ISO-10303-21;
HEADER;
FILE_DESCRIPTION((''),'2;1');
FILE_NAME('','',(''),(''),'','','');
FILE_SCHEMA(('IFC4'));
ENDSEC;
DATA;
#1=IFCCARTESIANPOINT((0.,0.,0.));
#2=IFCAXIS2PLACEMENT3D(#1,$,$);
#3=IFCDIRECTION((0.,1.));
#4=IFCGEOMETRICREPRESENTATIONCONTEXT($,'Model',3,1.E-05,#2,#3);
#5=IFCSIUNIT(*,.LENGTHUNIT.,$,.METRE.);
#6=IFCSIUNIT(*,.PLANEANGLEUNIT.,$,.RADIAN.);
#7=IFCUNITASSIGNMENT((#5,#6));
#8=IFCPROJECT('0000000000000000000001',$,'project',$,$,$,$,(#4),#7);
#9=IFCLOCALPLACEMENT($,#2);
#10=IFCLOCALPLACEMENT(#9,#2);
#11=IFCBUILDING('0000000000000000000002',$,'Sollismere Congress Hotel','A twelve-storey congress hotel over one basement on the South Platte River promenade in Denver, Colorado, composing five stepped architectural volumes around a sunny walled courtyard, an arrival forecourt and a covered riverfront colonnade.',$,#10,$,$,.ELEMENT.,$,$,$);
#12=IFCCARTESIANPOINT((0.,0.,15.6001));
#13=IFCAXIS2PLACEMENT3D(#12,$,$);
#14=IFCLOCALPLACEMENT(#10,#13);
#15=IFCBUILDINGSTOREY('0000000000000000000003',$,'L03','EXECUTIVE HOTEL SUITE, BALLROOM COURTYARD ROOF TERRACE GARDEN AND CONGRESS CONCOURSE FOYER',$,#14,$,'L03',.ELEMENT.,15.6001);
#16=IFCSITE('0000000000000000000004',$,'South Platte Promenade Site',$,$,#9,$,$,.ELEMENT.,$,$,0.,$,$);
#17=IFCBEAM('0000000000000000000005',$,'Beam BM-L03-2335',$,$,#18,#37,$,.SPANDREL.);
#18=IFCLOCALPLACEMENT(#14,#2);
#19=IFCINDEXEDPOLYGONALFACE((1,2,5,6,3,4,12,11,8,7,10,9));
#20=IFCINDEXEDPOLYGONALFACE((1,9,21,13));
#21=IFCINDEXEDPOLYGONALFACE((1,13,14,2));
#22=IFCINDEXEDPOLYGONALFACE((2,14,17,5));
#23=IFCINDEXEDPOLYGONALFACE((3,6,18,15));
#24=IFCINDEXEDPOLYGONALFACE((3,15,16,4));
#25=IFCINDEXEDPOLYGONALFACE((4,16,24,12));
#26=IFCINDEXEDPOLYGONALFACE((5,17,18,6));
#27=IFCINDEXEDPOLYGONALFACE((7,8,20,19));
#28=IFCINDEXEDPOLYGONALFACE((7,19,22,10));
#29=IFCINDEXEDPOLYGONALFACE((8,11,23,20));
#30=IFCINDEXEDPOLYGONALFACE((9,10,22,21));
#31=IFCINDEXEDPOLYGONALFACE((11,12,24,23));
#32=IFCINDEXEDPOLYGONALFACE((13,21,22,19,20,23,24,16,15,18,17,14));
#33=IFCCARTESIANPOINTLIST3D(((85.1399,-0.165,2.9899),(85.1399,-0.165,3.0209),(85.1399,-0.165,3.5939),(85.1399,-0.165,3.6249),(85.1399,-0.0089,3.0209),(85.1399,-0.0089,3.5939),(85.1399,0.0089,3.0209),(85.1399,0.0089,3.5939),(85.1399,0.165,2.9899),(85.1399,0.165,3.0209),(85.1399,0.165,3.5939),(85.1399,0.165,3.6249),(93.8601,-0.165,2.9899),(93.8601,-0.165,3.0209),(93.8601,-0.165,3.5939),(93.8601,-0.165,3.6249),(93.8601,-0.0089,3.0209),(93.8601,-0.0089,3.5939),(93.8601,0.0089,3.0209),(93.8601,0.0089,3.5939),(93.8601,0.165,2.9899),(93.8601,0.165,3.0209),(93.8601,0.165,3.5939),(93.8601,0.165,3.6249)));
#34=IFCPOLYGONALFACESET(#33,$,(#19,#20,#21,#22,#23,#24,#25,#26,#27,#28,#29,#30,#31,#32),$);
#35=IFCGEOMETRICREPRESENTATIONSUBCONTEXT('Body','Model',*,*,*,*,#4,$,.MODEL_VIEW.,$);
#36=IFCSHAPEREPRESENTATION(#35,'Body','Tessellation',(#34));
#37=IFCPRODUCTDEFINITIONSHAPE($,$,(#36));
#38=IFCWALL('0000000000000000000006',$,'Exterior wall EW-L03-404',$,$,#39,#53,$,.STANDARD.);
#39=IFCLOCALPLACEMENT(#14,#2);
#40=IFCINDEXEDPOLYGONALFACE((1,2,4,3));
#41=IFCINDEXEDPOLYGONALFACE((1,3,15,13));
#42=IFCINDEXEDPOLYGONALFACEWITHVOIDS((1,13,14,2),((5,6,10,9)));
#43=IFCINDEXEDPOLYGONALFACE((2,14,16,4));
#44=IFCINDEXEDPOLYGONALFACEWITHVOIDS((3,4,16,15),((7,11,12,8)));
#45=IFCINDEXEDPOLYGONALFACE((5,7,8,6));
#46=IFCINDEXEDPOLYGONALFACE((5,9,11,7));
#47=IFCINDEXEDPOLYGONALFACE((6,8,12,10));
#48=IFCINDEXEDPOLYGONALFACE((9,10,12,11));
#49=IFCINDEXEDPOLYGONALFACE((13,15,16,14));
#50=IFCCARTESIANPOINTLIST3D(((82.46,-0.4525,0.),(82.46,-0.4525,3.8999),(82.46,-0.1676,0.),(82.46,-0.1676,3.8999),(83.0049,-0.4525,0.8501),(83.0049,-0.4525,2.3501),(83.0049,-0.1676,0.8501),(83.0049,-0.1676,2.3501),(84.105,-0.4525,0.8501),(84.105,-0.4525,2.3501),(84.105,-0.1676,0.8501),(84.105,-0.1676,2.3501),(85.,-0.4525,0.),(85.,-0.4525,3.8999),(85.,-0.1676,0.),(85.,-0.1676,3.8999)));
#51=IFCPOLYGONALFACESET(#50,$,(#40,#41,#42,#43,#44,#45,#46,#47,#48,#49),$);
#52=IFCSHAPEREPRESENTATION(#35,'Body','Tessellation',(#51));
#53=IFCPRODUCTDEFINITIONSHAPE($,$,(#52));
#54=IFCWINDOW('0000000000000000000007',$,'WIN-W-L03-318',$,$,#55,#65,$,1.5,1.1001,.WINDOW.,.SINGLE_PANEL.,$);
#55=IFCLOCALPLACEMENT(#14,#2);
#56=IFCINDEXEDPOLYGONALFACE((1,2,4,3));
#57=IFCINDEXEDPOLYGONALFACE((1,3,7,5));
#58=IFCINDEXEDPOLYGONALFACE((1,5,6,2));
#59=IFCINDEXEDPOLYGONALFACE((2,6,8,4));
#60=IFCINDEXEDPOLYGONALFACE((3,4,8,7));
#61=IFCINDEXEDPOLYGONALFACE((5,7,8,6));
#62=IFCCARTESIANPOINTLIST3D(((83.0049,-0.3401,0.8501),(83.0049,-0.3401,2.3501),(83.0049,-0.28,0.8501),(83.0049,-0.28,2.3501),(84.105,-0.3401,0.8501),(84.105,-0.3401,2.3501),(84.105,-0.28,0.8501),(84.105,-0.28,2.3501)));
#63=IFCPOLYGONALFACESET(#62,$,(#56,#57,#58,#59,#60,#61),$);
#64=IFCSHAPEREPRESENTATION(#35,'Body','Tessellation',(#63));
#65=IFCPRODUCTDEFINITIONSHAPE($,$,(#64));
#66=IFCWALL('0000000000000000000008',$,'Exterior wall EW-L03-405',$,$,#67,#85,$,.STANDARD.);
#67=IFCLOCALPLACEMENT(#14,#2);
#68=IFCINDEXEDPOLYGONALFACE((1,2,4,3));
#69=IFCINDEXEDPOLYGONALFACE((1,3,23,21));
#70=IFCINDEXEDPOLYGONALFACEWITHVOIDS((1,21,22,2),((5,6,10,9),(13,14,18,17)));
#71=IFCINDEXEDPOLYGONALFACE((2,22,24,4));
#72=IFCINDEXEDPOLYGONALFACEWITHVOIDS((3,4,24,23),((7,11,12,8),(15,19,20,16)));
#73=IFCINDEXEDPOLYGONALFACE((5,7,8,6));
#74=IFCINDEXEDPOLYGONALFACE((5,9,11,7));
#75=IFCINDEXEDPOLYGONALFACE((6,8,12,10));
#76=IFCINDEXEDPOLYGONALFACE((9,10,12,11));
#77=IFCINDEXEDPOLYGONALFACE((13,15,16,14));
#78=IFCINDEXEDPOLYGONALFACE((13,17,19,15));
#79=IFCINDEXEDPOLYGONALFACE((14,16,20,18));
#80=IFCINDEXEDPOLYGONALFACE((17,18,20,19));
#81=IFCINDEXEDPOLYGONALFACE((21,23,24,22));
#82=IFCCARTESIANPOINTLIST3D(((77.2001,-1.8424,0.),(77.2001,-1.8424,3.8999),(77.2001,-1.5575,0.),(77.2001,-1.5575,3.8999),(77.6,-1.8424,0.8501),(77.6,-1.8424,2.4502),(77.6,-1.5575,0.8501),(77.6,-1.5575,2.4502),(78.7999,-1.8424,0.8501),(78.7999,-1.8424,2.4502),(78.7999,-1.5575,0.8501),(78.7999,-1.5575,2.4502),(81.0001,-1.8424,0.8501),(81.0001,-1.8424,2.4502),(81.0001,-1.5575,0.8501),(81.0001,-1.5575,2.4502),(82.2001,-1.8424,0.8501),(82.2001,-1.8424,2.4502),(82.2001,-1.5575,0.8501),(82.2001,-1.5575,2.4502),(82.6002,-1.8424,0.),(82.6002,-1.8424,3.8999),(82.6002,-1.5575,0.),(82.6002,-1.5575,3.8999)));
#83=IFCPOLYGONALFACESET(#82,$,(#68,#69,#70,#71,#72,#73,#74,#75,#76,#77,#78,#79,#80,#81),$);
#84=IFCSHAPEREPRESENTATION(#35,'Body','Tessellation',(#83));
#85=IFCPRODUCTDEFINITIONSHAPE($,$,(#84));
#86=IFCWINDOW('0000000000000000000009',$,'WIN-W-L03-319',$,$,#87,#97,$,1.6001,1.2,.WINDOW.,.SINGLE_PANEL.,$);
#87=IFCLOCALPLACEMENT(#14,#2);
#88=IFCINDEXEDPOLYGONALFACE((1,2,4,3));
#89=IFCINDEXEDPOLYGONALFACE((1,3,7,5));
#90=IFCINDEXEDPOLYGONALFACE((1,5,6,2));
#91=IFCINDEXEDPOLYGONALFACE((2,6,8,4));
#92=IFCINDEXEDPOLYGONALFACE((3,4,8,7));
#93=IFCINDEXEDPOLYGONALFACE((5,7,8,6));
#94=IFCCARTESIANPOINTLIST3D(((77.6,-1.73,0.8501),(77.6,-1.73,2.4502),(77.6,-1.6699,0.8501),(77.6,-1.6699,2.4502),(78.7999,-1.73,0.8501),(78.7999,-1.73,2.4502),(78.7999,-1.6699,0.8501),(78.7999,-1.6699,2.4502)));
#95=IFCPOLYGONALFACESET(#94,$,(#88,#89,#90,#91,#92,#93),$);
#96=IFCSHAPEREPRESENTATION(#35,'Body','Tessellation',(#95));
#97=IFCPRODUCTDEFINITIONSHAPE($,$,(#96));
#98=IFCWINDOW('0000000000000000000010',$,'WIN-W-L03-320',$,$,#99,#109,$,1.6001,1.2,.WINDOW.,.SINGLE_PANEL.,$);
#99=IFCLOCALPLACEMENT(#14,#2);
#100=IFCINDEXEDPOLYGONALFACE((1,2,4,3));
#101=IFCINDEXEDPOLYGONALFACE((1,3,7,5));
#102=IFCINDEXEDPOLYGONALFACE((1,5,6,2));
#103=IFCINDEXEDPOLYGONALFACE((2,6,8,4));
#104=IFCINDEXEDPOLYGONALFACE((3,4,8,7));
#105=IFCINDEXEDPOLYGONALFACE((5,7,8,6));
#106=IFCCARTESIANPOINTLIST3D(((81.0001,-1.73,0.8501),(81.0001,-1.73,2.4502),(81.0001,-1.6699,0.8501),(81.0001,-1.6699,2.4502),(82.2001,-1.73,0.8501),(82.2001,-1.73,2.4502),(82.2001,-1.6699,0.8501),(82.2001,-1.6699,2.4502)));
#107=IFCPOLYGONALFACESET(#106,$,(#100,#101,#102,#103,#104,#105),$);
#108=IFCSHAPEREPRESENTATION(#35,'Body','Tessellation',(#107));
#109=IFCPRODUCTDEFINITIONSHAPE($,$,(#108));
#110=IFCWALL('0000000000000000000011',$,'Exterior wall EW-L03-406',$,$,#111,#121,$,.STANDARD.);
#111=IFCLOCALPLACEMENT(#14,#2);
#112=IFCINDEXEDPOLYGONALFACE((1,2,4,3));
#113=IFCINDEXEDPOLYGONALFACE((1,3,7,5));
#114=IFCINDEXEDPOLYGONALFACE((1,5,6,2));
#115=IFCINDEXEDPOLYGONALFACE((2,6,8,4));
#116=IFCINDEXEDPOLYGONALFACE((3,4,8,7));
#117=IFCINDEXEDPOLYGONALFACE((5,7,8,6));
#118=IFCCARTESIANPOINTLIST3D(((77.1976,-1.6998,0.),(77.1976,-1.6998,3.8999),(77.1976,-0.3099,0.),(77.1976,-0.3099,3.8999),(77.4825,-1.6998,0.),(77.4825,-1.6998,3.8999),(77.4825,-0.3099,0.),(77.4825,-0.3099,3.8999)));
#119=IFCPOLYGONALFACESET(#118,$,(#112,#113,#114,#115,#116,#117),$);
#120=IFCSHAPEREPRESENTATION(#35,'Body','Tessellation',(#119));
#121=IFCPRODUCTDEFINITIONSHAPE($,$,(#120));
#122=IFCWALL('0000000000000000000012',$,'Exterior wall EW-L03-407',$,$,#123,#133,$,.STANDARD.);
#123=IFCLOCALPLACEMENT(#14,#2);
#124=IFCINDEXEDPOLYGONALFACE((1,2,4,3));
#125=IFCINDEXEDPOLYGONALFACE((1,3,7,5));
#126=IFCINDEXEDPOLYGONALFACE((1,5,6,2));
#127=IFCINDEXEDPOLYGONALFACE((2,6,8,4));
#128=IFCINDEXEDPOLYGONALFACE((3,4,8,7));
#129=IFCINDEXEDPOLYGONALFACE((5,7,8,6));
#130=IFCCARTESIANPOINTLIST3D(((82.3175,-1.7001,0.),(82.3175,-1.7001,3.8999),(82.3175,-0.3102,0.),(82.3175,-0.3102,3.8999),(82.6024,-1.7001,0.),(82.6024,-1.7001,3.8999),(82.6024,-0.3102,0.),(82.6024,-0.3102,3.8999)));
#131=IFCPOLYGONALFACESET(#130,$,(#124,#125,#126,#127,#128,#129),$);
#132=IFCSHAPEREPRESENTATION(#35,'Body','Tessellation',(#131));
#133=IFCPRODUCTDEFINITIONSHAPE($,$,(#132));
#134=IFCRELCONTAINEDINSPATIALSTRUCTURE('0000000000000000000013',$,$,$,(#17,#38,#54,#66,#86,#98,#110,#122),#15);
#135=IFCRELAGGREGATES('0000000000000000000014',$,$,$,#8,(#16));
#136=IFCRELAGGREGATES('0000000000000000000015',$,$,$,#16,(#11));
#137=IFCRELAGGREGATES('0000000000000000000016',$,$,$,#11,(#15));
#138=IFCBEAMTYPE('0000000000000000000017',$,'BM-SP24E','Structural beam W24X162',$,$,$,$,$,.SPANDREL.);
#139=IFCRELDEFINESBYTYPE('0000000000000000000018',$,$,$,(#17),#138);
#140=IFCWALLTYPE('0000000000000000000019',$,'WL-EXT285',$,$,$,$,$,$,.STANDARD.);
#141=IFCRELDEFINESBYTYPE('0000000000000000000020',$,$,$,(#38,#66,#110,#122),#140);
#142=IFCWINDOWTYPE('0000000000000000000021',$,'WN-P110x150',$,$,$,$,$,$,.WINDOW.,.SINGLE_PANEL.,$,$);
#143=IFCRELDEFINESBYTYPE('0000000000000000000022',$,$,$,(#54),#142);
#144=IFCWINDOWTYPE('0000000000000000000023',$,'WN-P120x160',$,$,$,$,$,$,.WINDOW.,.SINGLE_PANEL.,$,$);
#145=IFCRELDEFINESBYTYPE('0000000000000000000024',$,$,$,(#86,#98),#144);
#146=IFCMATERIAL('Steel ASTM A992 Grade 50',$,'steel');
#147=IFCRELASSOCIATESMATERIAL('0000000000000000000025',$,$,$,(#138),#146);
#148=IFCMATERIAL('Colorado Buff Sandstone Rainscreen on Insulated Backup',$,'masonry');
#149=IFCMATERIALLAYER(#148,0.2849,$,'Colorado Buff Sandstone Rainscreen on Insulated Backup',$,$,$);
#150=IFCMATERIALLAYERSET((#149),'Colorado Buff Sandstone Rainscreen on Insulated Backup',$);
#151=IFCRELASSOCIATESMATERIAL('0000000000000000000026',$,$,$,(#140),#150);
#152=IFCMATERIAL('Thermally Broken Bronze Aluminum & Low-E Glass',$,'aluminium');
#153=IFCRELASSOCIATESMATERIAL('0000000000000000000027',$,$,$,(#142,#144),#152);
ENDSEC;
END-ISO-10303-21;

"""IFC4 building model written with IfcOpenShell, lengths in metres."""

from ifc_helpers import new_model, si_unit, direction, frame, frame_2d, origin, origin_2d, place, context, subcontext, project, spatial, rectangle, i_section, extrude, material, layer, layer_set, material_profile, profile_set, type_object, element, fill, save


model = new_model("IFC4")

# Units and contexts
model_context = context("Model", 3, precision=1e-05, world=origin(), true_north=direction((0.0, 1.0)))
body_context = subcontext(model_context, "Body", "Model", "MODEL_VIEW")
ifc_project = project(units=[si_unit("LENGTHUNIT", "METRE"), si_unit("PLANEANGLEUNIT", "RADIAN")], contexts=[model_context])

# Site, building, storey
site_placement = place(None, origin())
site = spatial("IfcSite", under=ifc_project, at=site_placement, Name="South Platte Promenade Site", CompositionType="ELEMENT", RefElevation=0.0)
building_placement = place(site_placement, origin())
building = spatial("IfcBuilding", under=site, at=building_placement, Name="Sollismere Congress Hotel", Description="A twelve-storey congress hotel over one basement on the South Platte River promenade in Denver, Colorado, composing five stepped architectural volumes around a sunny walled courtyard, an arrival forecourt and a covered riverfront colonnade.", CompositionType="ELEMENT")
storey_placement = place(building_placement, frame((0.0, 0.0, 15.6001)))
storey = spatial("IfcBuildingStorey", under=building, at=storey_placement, Name="L03", Description="EXECUTIVE HOTEL SUITE, BALLROOM COURTYARD ROOF TERRACE GARDEN AND CONGRESS CONCOURSE FOYER", LongName="L03", CompositionType="ELEMENT", Elevation=15.6001)

# Shared definitions
ifc_material_1 = material(Name="Steel ASTM A992 Grade 50", Category="steel")

# Beam
ifc_material_profile_1 = material_profile(ifc_material_1, i_section(OverallWidth=0.3301, OverallDepth=0.635, WebThickness=0.0178, FlangeThickness=0.031, at=origin_2d()), Name="W24X162")
ifc_profile_set_1 = profile_set([ifc_material_profile_1], Name="Steel ASTM A992 Grade 50")
beam_type_1 = type_object("IfcBeamType", Name="BM-SP24E", Description="Structural beam W24X162", PredefinedType="SPANDREL", material=ifc_profile_set_1)
beam_1_placement = place(storey_placement, frame((85.1399, 0.0, 3.3074), z_axis=(1.0, 0.0, 0.0), x_axis=(0.0, 1.0, 0.0)))
element("IfcBeam", 1, at=beam_1_placement, inside=storey, type_object=beam_type_1, Name="Beam BM-L03-2335", PredefinedType="SPANDREL", context=body_context, shape_type="SweptSolid", body=[
    extrude(i_section(OverallWidth=0.3301, OverallDepth=0.635, WebThickness=0.0178, FlangeThickness=0.031, at=origin_2d()), origin(), (0.0, 0.0, 1.0), 8.7202),
])

# Wall, opening, window
ifc_material_2 = material(Name="Colorado Buff Sandstone Rainscreen on Insulated Backup", Category="masonry")
ifc_layer_1 = layer(ifc_material_2, 0.2849, Name="Colorado Buff Sandstone Rainscreen on Insulated Backup")
ifc_layer_set_1 = layer_set([ifc_layer_1], Name="Colorado Buff Sandstone Rainscreen on Insulated Backup")
wall_type_1 = type_object("IfcWallType", Name="WL-EXT285", PredefinedType="STANDARD", material=ifc_layer_set_1)
wall_1_placement = place(storey_placement, frame((82.46, -0.3101, 0.0), z_axis=(0.0, 0.0, 1.0), x_axis=(1.0, 0.0, 0.0)))
wall_1 = element("IfcWall", 2, at=wall_1_placement, inside=storey, type_object=wall_type_1, Name="Exterior wall EW-L03-404", PredefinedType="STANDARD", context=body_context, shape_type="SweptSolid", body=[
    extrude(rectangle(XDim=2.54, YDim=0.2849, at=frame_2d((1.27, 0.0))), origin(), (0.0, 0.0, 1.0), 3.8999),
])
opening_1_placement = place(wall_1_placement, frame((0.5449, 0.0, 0.8501)))
opening_1 = element("IfcOpeningElement", 3, at=opening_1_placement, cuts=wall_1, PredefinedType="OPENING", context=body_context, shape_type="SweptSolid", body=[
    extrude(rectangle(XDim=1.1001, YDim=1.5, at=frame_2d((0.55, 0.75))), frame((0.0, 0.1523, 0.0), z_axis=(0.0, -1.0, 0.0), x_axis=(1.0, 0.0, 0.0)), (0.0, 0.0, 1.0), 0.3049),
])
ifc_material_3 = material(Name="Thermally Broken Bronze Aluminum & Low-E Glass", Category="aluminium")
window_type_1 = type_object("IfcWindowType", Name="WN-P110x150", PartitioningType="SINGLE_PANEL", PredefinedType="WINDOW", material=ifc_material_3)
window_1_placement = place(opening_1_placement, origin())
window_1 = element("IfcWindow", 4, at=window_1_placement, inside=storey, type_object=window_type_1, Name="WIN-W-L03-318", OverallHeight=1.5, OverallWidth=1.1001, PartitioningType="SINGLE_PANEL", PredefinedType="WINDOW", context=body_context, shape_type="SweptSolid", body=[
    extrude(rectangle(XDim=1.1001, YDim=1.5, at=frame_2d((0.55, 0.75))), frame((0.0, 0.03, 0.0), z_axis=(0.0, -1.0, 0.0), x_axis=(1.0, 0.0, 0.0)), (0.0, 0.0, 1.0), 0.0601),
])
fill(opening_1, window_1)

# Wall, openings, windows
wall_2_placement = place(storey_placement, frame((77.2, -1.7, 0.0), z_axis=(0.0, 0.0, 1.0), x_axis=(1.0, 0.0, 0.0)))
wall_2 = element("IfcWall", 5, at=wall_2_placement, inside=storey, type_object=wall_type_1, Name="Exterior wall EW-L03-405", PredefinedType="STANDARD", context=body_context, shape_type="SweptSolid", body=[
    extrude(rectangle(XDim=5.4001, YDim=0.2849, at=frame_2d((2.7002, 0.0))), origin(), (0.0, 0.0, 1.0), 3.8999),
])
opening_2_placement = place(wall_2_placement, frame((0.3999, 0.0, 0.8501)))
opening_2 = element("IfcOpeningElement", 6, at=opening_2_placement, cuts=wall_2, PredefinedType="OPENING", context=body_context, shape_type="SweptSolid", body=[
    extrude(rectangle(XDim=1.2, YDim=1.6001, at=frame_2d((0.6001, 0.8))), frame((0.0, 0.1523, 0.0), z_axis=(0.0, -1.0, 0.0), x_axis=(1.0, 0.0, 0.0)), (0.0, 0.0, 1.0), 0.3049),
])
opening_3_placement = place(wall_2_placement, frame((3.8, 0.0, 0.8501)))
opening_3 = element("IfcOpeningElement", 7, at=opening_3_placement, cuts=wall_2, PredefinedType="OPENING", context=body_context, shape_type="SweptSolid", body=[
    extrude(rectangle(XDim=1.2, YDim=1.6001, at=frame_2d((0.6001, 0.8))), frame((0.0, 0.1523, 0.0), z_axis=(0.0, -1.0, 0.0), x_axis=(1.0, 0.0, 0.0)), (0.0, 0.0, 1.0), 0.3049),
])
window_type_2 = type_object("IfcWindowType", Name="WN-P120x160", PartitioningType="SINGLE_PANEL", PredefinedType="WINDOW", material=ifc_material_3)
window_2_placement = place(opening_2_placement, origin())
window_2 = element("IfcWindow", 8, at=window_2_placement, inside=storey, type_object=window_type_2, Name="WIN-W-L03-319", OverallHeight=1.6001, OverallWidth=1.2, PartitioningType="SINGLE_PANEL", PredefinedType="WINDOW", context=body_context, shape_type="SweptSolid", body=[
    extrude(rectangle(XDim=1.2, YDim=1.6001, at=frame_2d((0.6001, 0.8))), frame((0.0, 0.03, 0.0), z_axis=(0.0, -1.0, 0.0), x_axis=(1.0, 0.0, 0.0)), (0.0, 0.0, 1.0), 0.0601),
])
fill(opening_2, window_2)
window_3_placement = place(opening_3_placement, origin())
window_3 = element("IfcWindow", 9, at=window_3_placement, inside=storey, type_object=window_type_2, Name="WIN-W-L03-320", OverallHeight=1.6001, OverallWidth=1.2, PartitioningType="SINGLE_PANEL", PredefinedType="WINDOW", context=body_context, shape_type="SweptSolid", body=[
    extrude(rectangle(XDim=1.2, YDim=1.6001, at=frame_2d((0.6001, 0.8))), frame((0.0, 0.03, 0.0), z_axis=(0.0, -1.0, 0.0), x_axis=(1.0, 0.0, 0.0)), (0.0, 0.0, 1.0), 0.0601),
])
fill(opening_3, window_3)

# Walls
for number, where, z_axis, x_axis, name in (
    (10, (77.3401, -0.3101, 0.0), (0.0, 0.0, 1.0), (0.0, -1.0, 0.0), "Exterior wall EW-L03-406"),
    (11, (82.46, -1.7, 0.0), (0.0, 0.0, 1.0), (0.0, 1.0, 0.0), "Exterior wall EW-L03-407"),
):
    element("IfcWall", number, at=place(storey_placement, frame(where, z_axis=z_axis, x_axis=x_axis)), inside=storey, type_object=wall_type_1, Name=name, PredefinedType="STANDARD", context=body_context, shape_type="SweptSolid", body=[
        extrude(rectangle(XDim=1.3899, YDim=0.2849, at=frame_2d((0.6948, 0.0))), origin(), (0.0, 0.0, 1.0), 3.8999),
    ])

save(model, "model.ifc")
